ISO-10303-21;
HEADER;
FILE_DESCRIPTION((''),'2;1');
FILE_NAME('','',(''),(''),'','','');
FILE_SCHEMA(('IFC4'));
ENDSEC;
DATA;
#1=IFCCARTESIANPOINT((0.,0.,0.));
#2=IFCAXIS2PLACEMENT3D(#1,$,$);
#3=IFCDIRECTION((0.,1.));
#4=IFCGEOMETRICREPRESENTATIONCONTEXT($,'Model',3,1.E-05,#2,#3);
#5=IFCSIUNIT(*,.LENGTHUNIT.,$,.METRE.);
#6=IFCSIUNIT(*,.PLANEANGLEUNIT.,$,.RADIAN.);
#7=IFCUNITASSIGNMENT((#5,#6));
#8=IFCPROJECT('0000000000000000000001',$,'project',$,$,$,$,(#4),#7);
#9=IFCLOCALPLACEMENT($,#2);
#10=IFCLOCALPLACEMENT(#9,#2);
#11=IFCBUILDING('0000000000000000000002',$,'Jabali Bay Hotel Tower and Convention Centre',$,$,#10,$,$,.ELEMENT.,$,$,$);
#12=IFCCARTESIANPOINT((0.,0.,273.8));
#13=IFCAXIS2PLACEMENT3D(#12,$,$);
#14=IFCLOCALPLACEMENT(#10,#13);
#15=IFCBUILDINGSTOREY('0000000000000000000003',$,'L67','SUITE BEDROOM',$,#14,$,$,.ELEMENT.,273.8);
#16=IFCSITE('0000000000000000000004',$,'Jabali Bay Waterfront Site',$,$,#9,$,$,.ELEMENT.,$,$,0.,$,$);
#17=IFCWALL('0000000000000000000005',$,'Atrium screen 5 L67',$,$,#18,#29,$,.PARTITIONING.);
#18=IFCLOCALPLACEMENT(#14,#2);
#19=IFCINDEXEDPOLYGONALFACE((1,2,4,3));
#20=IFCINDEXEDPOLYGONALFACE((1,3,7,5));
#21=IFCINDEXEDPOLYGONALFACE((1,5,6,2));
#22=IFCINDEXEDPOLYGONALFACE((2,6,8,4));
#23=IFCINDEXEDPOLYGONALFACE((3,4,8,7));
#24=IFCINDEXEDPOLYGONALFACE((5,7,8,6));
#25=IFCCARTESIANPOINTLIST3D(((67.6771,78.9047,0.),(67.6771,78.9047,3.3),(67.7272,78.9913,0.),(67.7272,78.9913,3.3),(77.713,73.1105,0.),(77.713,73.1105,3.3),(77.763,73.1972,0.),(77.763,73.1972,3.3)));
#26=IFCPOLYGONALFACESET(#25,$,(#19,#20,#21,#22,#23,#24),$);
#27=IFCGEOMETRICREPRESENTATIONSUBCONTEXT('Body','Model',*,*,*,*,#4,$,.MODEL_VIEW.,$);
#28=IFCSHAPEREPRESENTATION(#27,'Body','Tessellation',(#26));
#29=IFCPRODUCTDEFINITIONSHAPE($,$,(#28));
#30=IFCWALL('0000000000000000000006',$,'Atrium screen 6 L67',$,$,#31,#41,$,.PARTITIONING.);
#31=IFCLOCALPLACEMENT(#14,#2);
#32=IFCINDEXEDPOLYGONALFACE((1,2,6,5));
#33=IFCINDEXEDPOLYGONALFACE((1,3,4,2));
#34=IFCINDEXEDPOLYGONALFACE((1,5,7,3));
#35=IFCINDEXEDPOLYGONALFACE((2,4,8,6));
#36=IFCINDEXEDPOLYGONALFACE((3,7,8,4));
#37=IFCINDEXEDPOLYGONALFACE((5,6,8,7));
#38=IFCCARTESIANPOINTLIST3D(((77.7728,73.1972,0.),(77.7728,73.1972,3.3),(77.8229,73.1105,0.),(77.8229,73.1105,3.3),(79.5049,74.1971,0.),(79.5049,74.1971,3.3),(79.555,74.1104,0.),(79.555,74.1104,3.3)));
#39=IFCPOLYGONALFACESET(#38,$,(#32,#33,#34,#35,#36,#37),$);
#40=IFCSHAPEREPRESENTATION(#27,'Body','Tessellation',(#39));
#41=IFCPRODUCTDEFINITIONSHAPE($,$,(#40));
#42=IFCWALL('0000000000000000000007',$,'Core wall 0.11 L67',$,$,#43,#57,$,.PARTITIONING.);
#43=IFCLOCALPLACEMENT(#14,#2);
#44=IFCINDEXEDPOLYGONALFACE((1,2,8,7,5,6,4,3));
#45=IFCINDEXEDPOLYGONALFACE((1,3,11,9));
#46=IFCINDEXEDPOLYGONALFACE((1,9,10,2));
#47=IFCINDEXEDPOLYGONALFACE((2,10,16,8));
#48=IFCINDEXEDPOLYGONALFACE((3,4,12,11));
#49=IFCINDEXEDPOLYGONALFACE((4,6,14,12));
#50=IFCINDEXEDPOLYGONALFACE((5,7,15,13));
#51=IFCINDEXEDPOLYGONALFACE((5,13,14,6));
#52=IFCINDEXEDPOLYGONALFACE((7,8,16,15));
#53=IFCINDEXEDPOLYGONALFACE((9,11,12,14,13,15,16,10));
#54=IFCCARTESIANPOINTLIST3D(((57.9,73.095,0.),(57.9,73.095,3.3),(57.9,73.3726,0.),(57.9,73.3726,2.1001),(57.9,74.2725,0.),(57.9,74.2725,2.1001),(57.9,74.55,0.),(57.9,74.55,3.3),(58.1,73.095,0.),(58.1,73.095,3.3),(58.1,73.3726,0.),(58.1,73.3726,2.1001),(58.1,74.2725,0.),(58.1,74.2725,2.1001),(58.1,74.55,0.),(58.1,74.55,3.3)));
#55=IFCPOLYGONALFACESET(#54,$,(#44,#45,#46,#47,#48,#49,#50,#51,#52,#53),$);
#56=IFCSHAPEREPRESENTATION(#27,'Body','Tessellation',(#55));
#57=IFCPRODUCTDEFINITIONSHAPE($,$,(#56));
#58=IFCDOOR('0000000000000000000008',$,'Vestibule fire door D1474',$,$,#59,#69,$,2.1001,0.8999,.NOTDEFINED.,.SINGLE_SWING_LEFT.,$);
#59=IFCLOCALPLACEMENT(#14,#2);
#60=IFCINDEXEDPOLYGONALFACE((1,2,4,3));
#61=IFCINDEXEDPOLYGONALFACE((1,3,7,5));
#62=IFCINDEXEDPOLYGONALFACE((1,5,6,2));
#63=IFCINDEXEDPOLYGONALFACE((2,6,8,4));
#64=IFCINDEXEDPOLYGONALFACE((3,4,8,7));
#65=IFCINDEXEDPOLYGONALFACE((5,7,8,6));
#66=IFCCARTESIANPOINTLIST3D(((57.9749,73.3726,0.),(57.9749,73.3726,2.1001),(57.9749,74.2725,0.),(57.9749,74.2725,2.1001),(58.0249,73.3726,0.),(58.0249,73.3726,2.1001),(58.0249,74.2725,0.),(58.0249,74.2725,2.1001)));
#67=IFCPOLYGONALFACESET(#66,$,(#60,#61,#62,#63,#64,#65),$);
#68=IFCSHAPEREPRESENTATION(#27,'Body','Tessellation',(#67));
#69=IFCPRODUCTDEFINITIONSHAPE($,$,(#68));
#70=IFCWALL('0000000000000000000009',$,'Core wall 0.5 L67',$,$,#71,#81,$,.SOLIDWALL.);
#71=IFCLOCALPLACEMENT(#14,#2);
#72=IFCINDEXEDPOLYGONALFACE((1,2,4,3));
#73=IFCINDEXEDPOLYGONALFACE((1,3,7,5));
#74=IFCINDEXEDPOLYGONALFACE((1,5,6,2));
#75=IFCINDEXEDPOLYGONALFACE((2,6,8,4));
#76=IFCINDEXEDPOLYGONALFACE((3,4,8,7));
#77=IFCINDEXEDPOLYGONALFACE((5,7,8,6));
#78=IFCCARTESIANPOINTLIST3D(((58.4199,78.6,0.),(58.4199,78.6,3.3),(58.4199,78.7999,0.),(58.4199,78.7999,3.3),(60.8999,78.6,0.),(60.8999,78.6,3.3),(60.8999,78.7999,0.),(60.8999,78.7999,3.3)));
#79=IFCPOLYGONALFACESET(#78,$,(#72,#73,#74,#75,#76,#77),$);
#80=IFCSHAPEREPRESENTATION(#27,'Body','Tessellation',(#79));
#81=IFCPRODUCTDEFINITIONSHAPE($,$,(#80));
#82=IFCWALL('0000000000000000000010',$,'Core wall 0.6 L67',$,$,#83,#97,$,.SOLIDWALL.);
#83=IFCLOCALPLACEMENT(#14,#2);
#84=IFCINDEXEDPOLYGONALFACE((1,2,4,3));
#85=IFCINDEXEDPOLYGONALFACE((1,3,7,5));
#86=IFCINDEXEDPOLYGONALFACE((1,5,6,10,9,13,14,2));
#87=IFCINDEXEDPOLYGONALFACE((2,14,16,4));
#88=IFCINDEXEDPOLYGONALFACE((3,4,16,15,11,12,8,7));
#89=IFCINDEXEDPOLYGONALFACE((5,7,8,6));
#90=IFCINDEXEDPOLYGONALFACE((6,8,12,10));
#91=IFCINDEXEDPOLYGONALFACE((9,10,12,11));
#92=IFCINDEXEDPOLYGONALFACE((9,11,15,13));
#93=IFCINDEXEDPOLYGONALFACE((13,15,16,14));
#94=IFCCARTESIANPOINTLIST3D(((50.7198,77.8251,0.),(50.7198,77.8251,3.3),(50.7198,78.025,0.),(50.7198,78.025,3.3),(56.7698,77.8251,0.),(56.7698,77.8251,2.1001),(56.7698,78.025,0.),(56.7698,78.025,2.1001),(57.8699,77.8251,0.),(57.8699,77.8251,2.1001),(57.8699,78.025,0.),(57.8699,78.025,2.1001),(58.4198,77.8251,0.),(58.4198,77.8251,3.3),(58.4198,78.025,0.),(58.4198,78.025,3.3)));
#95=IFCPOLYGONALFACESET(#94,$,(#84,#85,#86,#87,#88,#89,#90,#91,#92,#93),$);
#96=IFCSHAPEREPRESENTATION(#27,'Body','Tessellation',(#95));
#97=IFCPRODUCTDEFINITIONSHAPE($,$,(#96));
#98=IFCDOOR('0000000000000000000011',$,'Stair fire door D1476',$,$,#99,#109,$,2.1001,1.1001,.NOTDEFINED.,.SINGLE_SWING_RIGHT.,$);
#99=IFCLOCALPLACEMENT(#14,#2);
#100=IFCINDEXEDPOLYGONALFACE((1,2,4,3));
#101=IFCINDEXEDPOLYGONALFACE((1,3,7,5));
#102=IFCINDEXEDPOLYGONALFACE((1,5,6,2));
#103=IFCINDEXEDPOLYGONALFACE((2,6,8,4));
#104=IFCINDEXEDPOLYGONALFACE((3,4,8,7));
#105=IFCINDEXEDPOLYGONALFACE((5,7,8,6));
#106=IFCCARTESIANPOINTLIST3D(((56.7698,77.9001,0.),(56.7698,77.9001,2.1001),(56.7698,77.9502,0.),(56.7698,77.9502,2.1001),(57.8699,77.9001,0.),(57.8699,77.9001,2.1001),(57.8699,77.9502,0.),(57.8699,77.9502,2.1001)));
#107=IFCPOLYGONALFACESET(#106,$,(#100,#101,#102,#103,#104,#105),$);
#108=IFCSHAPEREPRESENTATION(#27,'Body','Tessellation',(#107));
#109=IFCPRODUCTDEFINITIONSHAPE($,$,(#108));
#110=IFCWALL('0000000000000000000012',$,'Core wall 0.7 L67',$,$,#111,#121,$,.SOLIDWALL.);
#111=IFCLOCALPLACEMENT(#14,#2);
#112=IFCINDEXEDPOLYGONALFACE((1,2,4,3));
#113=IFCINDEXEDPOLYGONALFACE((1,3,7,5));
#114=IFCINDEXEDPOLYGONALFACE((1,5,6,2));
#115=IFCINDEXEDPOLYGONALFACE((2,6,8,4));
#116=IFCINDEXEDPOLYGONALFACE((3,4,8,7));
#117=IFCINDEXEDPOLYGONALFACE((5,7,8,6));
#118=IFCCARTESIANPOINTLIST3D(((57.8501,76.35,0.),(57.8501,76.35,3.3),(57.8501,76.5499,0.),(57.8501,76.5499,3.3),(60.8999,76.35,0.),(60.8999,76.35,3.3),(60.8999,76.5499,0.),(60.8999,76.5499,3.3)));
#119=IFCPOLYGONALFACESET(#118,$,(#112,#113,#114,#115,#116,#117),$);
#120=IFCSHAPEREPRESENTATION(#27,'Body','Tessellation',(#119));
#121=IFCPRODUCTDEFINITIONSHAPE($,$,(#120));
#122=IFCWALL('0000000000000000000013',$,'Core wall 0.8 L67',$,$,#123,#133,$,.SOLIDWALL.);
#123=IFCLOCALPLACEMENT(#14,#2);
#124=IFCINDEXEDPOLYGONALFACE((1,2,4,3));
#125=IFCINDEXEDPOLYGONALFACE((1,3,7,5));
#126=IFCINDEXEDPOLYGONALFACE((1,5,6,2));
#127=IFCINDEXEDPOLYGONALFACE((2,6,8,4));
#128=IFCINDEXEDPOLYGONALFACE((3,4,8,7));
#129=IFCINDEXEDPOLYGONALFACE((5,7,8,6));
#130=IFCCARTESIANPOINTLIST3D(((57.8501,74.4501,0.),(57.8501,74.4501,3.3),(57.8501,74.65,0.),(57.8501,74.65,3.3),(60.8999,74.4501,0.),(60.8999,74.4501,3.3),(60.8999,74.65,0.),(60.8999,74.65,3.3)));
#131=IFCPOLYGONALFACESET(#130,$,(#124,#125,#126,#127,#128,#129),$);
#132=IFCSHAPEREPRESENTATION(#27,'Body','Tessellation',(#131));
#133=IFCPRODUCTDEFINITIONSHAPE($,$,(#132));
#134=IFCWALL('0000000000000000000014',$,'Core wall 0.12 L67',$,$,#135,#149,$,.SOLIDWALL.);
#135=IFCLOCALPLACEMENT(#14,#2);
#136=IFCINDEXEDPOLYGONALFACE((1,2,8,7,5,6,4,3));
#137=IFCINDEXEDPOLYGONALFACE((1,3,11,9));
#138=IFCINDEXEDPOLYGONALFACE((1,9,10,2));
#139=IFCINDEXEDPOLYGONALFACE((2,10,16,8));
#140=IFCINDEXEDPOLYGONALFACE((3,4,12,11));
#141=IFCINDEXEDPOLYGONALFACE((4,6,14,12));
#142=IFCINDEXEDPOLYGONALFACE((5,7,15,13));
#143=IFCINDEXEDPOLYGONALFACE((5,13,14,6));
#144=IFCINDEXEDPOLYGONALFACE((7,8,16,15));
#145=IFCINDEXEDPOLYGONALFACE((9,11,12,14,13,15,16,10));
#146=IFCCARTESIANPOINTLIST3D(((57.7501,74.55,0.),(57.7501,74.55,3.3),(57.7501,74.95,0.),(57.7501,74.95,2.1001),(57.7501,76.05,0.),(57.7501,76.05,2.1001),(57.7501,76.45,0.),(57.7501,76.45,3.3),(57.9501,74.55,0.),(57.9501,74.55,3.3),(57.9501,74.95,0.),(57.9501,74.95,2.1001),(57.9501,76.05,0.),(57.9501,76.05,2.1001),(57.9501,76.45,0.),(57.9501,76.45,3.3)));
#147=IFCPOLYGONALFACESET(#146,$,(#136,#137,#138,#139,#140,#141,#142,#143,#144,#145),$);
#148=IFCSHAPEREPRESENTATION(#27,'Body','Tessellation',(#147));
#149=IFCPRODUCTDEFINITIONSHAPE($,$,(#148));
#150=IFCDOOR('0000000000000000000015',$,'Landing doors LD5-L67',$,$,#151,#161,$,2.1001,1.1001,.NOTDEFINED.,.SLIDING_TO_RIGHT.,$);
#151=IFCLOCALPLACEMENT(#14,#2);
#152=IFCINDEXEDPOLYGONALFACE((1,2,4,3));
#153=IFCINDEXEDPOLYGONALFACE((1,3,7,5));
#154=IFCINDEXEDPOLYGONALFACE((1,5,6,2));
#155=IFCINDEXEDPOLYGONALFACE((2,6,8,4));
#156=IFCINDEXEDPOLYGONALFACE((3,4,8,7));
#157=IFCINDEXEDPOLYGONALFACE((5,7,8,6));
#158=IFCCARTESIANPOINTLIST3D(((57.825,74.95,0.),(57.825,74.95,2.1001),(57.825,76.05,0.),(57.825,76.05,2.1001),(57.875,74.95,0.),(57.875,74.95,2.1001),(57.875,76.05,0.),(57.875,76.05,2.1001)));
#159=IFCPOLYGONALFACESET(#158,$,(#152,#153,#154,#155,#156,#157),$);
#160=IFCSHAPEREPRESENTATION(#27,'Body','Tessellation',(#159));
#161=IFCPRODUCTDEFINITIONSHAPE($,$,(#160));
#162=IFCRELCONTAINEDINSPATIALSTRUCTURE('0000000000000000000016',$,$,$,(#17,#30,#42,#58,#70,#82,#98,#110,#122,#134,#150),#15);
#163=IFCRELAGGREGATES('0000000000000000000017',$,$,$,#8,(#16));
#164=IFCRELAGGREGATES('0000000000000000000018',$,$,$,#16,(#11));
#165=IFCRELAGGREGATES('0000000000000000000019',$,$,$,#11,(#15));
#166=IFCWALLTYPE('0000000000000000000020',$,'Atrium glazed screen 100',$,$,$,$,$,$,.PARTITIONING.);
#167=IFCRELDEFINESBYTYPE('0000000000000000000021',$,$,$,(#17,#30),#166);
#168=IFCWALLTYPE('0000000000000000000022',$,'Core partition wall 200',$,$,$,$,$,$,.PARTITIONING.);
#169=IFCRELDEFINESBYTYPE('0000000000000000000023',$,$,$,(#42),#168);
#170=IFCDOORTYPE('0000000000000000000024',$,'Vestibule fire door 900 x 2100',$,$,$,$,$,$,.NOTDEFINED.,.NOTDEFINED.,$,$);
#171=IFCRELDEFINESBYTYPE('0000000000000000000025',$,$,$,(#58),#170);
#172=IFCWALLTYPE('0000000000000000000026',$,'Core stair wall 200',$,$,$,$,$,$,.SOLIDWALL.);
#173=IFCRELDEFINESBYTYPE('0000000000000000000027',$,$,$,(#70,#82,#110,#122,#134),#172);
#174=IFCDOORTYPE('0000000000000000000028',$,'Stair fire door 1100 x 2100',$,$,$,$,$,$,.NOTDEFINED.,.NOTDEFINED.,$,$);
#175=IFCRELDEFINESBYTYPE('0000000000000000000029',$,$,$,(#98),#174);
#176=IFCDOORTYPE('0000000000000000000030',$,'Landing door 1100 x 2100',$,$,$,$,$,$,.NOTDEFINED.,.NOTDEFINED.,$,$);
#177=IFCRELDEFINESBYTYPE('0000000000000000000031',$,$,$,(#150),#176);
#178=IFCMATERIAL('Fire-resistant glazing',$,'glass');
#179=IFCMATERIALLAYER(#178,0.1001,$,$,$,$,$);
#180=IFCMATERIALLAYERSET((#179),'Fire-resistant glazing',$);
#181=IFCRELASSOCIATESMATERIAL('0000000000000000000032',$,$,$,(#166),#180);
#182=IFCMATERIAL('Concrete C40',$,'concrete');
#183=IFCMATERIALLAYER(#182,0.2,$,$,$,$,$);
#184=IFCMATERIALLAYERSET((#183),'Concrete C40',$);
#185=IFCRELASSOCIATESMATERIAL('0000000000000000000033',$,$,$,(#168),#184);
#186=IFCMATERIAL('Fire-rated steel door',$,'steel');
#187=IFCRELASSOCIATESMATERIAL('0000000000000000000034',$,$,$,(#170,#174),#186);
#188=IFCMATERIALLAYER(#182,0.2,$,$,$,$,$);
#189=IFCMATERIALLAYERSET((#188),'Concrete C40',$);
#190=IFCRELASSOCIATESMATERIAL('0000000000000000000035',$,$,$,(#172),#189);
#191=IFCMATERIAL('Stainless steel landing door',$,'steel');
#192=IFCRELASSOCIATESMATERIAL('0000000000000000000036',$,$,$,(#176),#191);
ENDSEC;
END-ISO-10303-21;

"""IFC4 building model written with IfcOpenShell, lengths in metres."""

from ifc_helpers import new_model, si_unit, direction, frame, frame_2d, origin, place, context, subcontext, project, spatial, rectangle, extrude, material, layer, layer_set, type_object, element, fill, save


model = new_model("IFC4")

# Units and contexts
model_context = context("Model", 3, precision=1e-05, world=origin(), true_north=direction((0.0, 1.0)))
body_context = subcontext(model_context, "Body", "Model", "MODEL_VIEW")
ifc_project = project(units=[si_unit("LENGTHUNIT", "METRE"), si_unit("PLANEANGLEUNIT", "RADIAN")], contexts=[model_context])

# Site, building, storey
site_placement = place(None, origin())
site = spatial("IfcSite", under=ifc_project, at=site_placement, Name="Jabali Bay Waterfront Site", CompositionType="ELEMENT", RefElevation=0.0)
building_placement = place(site_placement, origin())
building = spatial("IfcBuilding", under=site, at=building_placement, Name="Jabali Bay Hotel Tower and Convention Centre", CompositionType="ELEMENT")
storey_placement = place(building_placement, frame((0.0, 0.0, 273.8)))
storey = spatial("IfcBuildingStorey", under=building, at=storey_placement, Name="L67", Description="SUITE BEDROOM", CompositionType="ELEMENT", Elevation=273.8)

# Walls
ifc_material_1 = material(Name="Fire-resistant glazing", Category="glass")
ifc_layer_1 = layer(ifc_material_1, 0.1001)
ifc_layer_set_1 = layer_set([ifc_layer_1], Name="Fire-resistant glazing")
wall_type_1 = type_object("IfcWallType", Name="Atrium glazed screen 100", PredefinedType="PARTITIONING", material=ifc_layer_set_1)
wall_1_placement = place(storey_placement, frame((67.7021, 78.948, 0.0), z_axis=(0.0, 0.0, 1.0), x_axis=(0.866027, -0.499998, 0.0)))
element("IfcWall", 1, at=wall_1_placement, inside=storey, type_object=wall_type_1, Name="Atrium screen 5 L67", PredefinedType="PARTITIONING", context=body_context, shape_type="SweptSolid", body=[
    extrude(rectangle(XDim=11.5884, YDim=0.1001, at=frame_2d((5.7942, 0.0))), origin(), (0.0, 0.0, 1.0), 3.3),
])
wall_2_placement = place(storey_placement, frame((77.7979, 73.1538, 0.0), z_axis=(0.0, 0.0, 1.0), x_axis=(0.866041, 0.499973, 0.0)))
element("IfcWall", 2, at=wall_2_placement, inside=storey, type_object=wall_type_1, Name="Atrium screen 6 L67", PredefinedType="PARTITIONING", context=body_context, shape_type="SweptSolid", body=[
    extrude(rectangle(XDim=2.0, YDim=0.1001, at=frame_2d((1.0, 0.0))), origin(), (0.0, 0.0, 1.0), 3.3),
])

# Wall, opening, door
ifc_material_2 = material(Name="Concrete C40", Category="concrete")
ifc_layer_2 = layer(ifc_material_2, 0.2)
ifc_layer_set_2 = layer_set([ifc_layer_2], Name="Concrete C40")
wall_type_2 = type_object("IfcWallType", Name="Core partition wall 200", PredefinedType="PARTITIONING", material=ifc_layer_set_2)
wall_3_placement = place(storey_placement, frame((58.0, 74.55, 0.0), z_axis=(0.0, 0.0, 1.0), x_axis=(0.0, -1.0, 0.0)))
wall_3 = element("IfcWall", 3, at=wall_3_placement, inside=storey, type_object=wall_type_2, Name="Core wall 0.11 L67", PredefinedType="PARTITIONING", context=body_context, shape_type="SweptSolid", body=[
    extrude(rectangle(XDim=1.4551, YDim=0.2, at=frame_2d((0.7275, 0.0))), origin(), (0.0, 0.0, 1.0), 3.3),
])
opening_1_placement = place(wall_3_placement, frame((0.2776, 0.0, 0.0)))
opening_1 = element("IfcOpeningElement", 4, at=opening_1_placement, cuts=wall_3, PredefinedType="OPENING", context=body_context, shape_type="SweptSolid", body=[
    extrude(rectangle(XDim=0.8999, YDim=2.1001, at=frame_2d((0.45, 1.05))), frame((0.0, 0.1104, 0.0), z_axis=(0.0, -1.0, 0.0), x_axis=(1.0, 0.0, 0.0)), (0.0, 0.0, 1.0), 0.2209),
])
ifc_material_3 = material(Name="Fire-rated steel door", Category="steel")
door_type_1 = type_object("IfcDoorType", Name="Vestibule fire door 900 x 2100", OperationType="NOTDEFINED", PredefinedType="NOTDEFINED", material=ifc_material_3)
door_1_placement = place(opening_1_placement, origin())
door_1 = element("IfcDoor", 5, at=door_1_placement, inside=storey, type_object=door_type_1, Name="Vestibule fire door D1474", OperationType="SINGLE_SWING_LEFT", OverallHeight=2.1001, OverallWidth=0.8999, PredefinedType="NOTDEFINED", context=body_context, shape_type="SweptSolid", body=[
    extrude(rectangle(XDim=0.8999, YDim=2.1001, at=frame_2d((0.45, 1.05))), frame((0.0, 0.0249, 0.0), z_axis=(0.0, -1.0, 0.0), x_axis=(1.0, 0.0, 0.0)), (0.0, 0.0, 1.0), 0.05),
])
fill(opening_1, door_1)

# Wall
ifc_layer_3 = layer(ifc_material_2, 0.2)
ifc_layer_set_3 = layer_set([ifc_layer_3], Name="Concrete C40")
wall_type_3 = type_object("IfcWallType", Name="Core stair wall 200", PredefinedType="SOLIDWALL", material=ifc_layer_set_3)
wall_4_placement = place(storey_placement, frame((60.8999, 78.7, 0.0), z_axis=(0.0, 0.0, 1.0), x_axis=(-1.0, 0.0, 0.0)))
element("IfcWall", 6, at=wall_4_placement, inside=storey, type_object=wall_type_3, Name="Core wall 0.5 L67", PredefinedType="SOLIDWALL", context=body_context, shape_type="SweptSolid", body=[
    extrude(rectangle(XDim=2.48, YDim=0.2, at=frame_2d((1.24, 0.0))), origin(), (0.0, 0.0, 1.0), 3.3),
])

# Wall, opening, door
wall_5_placement = place(storey_placement, frame((58.4199, 77.925, 0.0), z_axis=(0.0, 0.0, 1.0), x_axis=(-1.0, 0.0, 0.0)))
wall_5 = element("IfcWall", 7, at=wall_5_placement, inside=storey, type_object=wall_type_3, Name="Core wall 0.6 L67", PredefinedType="SOLIDWALL", context=body_context, shape_type="SweptSolid", body=[
    extrude(rectangle(XDim=7.7, YDim=0.2, at=frame_2d((3.8501, 0.0))), origin(), (0.0, 0.0, 1.0), 3.3),
])
opening_2_placement = place(wall_5_placement, frame((0.55, 0.0, 0.0)))
opening_2 = element("IfcOpeningElement", 8, at=opening_2_placement, cuts=wall_5, PredefinedType="OPENING", context=body_context, shape_type="SweptSolid", body=[
    extrude(rectangle(XDim=1.1001, YDim=2.1001, at=frame_2d((0.55, 1.05))), frame((0.0, 0.1104, 0.0), z_axis=(0.0, -1.0, 0.0), x_axis=(1.0, 0.0, 0.0)), (0.0, 0.0, 1.0), 0.2209),
])
door_type_2 = type_object("IfcDoorType", Name="Stair fire door 1100 x 2100", OperationType="NOTDEFINED", PredefinedType="NOTDEFINED", material=ifc_material_3)
door_2_placement = place(opening_2_placement, origin())
door_2 = element("IfcDoor", 9, at=door_2_placement, inside=storey, type_object=door_type_2, Name="Stair fire door D1476", OperationType="SINGLE_SWING_RIGHT", OverallHeight=2.1001, OverallWidth=1.1001, PredefinedType="NOTDEFINED", context=body_context, shape_type="SweptSolid", body=[
    extrude(rectangle(XDim=1.1001, YDim=2.1001, at=frame_2d((0.55, 1.05))), frame((0.0, 0.0249, 0.0), z_axis=(0.0, -1.0, 0.0), x_axis=(1.0, 0.0, 0.0)), (0.0, 0.0, 1.0), 0.05),
])
fill(opening_2, door_2)

# Walls
for number, where, z_axis, x_axis, name in (
    (10, (60.8999, 76.45, 0.0), (0.0, 0.0, 1.0), (-1.0, 0.0, 0.0), "Core wall 0.7 L67"),
    (11, (60.8999, 74.55, 0.0), (0.0, 0.0, 1.0), (-1.0, 0.0, 0.0), "Core wall 0.8 L67"),
):
    element("IfcWall", number, at=place(storey_placement, frame(where, z_axis=z_axis, x_axis=x_axis)), inside=storey, type_object=wall_type_3, Name=name, PredefinedType="SOLIDWALL", context=body_context, shape_type="SweptSolid", body=[
        extrude(rectangle(XDim=3.0498, YDim=0.2, at=frame_2d((1.5249, 0.0))), origin(), (0.0, 0.0, 1.0), 3.3),
    ])

# Wall, opening, door
wall_6_placement = place(storey_placement, frame((57.8501, 76.45, 0.0), z_axis=(0.0, 0.0, 1.0), x_axis=(0.0, -1.0, 0.0)))
wall_6 = element("IfcWall", 12, at=wall_6_placement, inside=storey, type_object=wall_type_3, Name="Core wall 0.12 L67", PredefinedType="SOLIDWALL", context=body_context, shape_type="SweptSolid", body=[
    extrude(rectangle(XDim=1.8999, YDim=0.2, at=frame_2d((0.95, 0.0))), origin(), (0.0, 0.0, 1.0), 3.3),
])
opening_3_placement = place(wall_6_placement, frame((0.3999, 0.0, 0.0)))
opening_3 = element("IfcOpeningElement", 13, at=opening_3_placement, cuts=wall_6, PredefinedType="OPENING", context=body_context, shape_type="SweptSolid", body=[
    extrude(rectangle(XDim=1.1001, YDim=2.1001, at=frame_2d((0.55, 1.05))), frame((0.0, 0.1104, 0.0), z_axis=(0.0, -1.0, 0.0), x_axis=(1.0, 0.0, 0.0)), (0.0, 0.0, 1.0), 0.2209),
])
ifc_material_4 = material(Name="Stainless steel landing door", Category="steel")
door_type_3 = type_object("IfcDoorType", Name="Landing door 1100 x 2100", OperationType="NOTDEFINED", PredefinedType="NOTDEFINED", material=ifc_material_4)
door_3_placement = place(opening_3_placement, origin())
door_3 = element("IfcDoor", 14, at=door_3_placement, inside=storey, type_object=door_type_3, Name="Landing doors LD5-L67", OperationType="SLIDING_TO_RIGHT", OverallHeight=2.1001, OverallWidth=1.1001, PredefinedType="NOTDEFINED", context=body_context, shape_type="SweptSolid", body=[
    extrude(rectangle(XDim=1.1001, YDim=2.1001, at=frame_2d((0.55, 1.05))), frame((0.0, 0.0249, 0.0), z_axis=(0.0, -1.0, 0.0), x_axis=(1.0, 0.0, 0.0)), (0.0, 0.0, 1.0), 0.05),
])
fill(opening_3, door_3)

save(model, "model.ifc")
